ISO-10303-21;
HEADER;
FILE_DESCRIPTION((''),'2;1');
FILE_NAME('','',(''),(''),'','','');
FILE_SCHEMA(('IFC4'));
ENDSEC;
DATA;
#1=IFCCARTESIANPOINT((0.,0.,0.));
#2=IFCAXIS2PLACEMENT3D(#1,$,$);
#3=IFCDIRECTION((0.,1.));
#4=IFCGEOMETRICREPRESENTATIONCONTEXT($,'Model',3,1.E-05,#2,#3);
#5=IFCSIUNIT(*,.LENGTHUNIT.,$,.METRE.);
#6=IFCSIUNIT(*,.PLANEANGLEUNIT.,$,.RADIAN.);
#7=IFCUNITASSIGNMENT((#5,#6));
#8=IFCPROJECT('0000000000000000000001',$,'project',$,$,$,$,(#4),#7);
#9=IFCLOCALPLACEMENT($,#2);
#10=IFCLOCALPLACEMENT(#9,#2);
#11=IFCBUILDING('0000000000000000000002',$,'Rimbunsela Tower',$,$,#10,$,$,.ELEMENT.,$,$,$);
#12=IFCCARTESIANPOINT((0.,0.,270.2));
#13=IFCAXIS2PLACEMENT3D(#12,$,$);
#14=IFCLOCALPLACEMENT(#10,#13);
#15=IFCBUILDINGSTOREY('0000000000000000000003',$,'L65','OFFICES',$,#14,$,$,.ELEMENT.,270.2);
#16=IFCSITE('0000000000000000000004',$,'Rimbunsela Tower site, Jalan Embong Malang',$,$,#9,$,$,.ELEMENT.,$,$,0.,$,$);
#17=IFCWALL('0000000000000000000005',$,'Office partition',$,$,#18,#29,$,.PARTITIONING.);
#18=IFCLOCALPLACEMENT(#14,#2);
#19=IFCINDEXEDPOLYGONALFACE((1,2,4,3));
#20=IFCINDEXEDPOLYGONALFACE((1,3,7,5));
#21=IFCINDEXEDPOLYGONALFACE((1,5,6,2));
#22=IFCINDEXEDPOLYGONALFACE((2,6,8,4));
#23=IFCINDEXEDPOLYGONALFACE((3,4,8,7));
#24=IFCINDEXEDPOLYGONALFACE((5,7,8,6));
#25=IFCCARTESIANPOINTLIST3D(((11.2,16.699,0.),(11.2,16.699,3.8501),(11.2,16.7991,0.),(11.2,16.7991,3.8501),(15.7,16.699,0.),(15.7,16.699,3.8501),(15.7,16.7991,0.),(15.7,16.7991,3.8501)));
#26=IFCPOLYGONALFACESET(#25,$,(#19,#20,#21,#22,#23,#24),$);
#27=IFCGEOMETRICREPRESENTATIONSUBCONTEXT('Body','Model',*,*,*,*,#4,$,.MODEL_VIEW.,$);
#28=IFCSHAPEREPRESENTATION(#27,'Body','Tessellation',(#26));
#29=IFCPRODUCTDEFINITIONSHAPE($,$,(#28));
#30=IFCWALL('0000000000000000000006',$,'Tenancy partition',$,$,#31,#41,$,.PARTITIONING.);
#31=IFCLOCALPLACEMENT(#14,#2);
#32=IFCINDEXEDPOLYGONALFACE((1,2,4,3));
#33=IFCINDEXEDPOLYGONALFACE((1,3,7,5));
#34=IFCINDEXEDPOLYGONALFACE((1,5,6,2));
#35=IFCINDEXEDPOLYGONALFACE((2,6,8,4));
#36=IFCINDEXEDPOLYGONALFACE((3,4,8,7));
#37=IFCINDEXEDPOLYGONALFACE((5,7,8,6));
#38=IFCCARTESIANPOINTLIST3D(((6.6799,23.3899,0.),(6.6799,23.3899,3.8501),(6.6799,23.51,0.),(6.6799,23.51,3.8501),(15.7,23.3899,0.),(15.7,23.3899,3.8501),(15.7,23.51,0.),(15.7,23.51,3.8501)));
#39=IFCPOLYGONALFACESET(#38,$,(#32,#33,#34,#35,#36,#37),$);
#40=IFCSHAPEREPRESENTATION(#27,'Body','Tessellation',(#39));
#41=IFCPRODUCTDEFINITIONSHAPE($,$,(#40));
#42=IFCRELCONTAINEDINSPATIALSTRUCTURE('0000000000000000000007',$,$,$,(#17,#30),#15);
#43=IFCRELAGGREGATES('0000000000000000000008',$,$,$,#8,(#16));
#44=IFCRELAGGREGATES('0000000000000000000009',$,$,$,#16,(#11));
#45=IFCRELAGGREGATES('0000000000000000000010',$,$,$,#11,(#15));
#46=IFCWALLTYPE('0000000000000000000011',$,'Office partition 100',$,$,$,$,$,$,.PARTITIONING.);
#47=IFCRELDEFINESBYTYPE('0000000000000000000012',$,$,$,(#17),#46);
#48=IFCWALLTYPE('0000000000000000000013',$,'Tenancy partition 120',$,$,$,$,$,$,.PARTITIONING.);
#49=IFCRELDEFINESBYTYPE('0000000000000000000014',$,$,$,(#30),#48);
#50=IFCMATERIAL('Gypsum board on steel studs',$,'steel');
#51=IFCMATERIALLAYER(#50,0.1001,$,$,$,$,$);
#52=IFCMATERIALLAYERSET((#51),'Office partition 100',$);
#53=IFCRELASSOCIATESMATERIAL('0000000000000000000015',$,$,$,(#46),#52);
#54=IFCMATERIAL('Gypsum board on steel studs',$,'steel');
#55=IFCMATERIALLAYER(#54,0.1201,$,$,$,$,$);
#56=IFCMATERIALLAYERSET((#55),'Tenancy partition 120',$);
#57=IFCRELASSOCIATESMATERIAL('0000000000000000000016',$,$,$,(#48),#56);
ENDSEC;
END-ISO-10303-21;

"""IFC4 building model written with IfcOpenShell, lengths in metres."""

from ifc_helpers import new_model, si_unit, direction, frame, frame_2d, origin, place, context, subcontext, project, spatial, rectangle, extrude, material, layer, layer_set, type_object, element, save


model = new_model("IFC4")

# Units and contexts
model_context = context("Model", 3, precision=1e-05, world=origin(), true_north=direction((0.0, 1.0)))
body_context = subcontext(model_context, "Body", "Model", "MODEL_VIEW")
ifc_project = project(units=[si_unit("LENGTHUNIT", "METRE"), si_unit("PLANEANGLEUNIT", "RADIAN")], contexts=[model_context])

# Site, building, storey
site_placement = place(None, origin())
site = spatial("IfcSite", under=ifc_project, at=site_placement, Name="Rimbunsela Tower site, Jalan Embong Malang", CompositionType="ELEMENT", RefElevation=0.0)
building_placement = place(site_placement, origin())
building = spatial("IfcBuilding", under=site, at=building_placement, Name="Rimbunsela Tower", CompositionType="ELEMENT")
storey_placement = place(building_placement, frame((0.0, 0.0, 270.2)))
storey = spatial("IfcBuildingStorey", under=building, at=storey_placement, Name="L65", Description="OFFICES", CompositionType="ELEMENT", Elevation=270.2)

# Shared definitions
ifc_material_1 = material(Name="Gypsum board on steel studs", Category="steel")
ifc_layer_1 = layer(ifc_material_1, 0.1001)
ifc_layer_set_1 = layer_set([ifc_layer_1], Name="Office partition 100")
wall_type_1 = type_object("IfcWallType", Name="Office partition 100", PredefinedType="PARTITIONING", material=ifc_layer_set_1)

# Walls
wall_1_placement = place(storey_placement, frame((11.2, 16.749, 0.0), z_axis=(0.0, 0.0, 1.0), x_axis=(1.0, 0.0, 0.0)))
element("IfcWall", 1, at=wall_1_placement, inside=storey, type_object=wall_type_1, Name="Office partition", PredefinedType="PARTITIONING", context=body_context, shape_type="SweptSolid", body=[
    extrude(rectangle(XDim=4.5, YDim=0.1001, at=frame_2d((2.25, 0.0))), origin(), (0.0, 0.0, 1.0), 3.8501),
])
ifc_material_2 = material(Name="Gypsum board on steel studs", Category="steel")
ifc_layer_2 = layer(ifc_material_2, 0.1201)
ifc_layer_set_2 = layer_set([ifc_layer_2], Name="Tenancy partition 120")
wall_type_2 = type_object("IfcWallType", Name="Tenancy partition 120", PredefinedType="PARTITIONING", material=ifc_layer_set_2)
wall_2_placement = place(storey_placement, frame((6.6799, 23.45, 0.0), z_axis=(0.0, 0.0, 1.0), x_axis=(1.0, 0.0, 0.0)))
element("IfcWall", 2, at=wall_2_placement, inside=storey, type_object=wall_type_2, Name="Tenancy partition", PredefinedType="PARTITIONING", context=body_context, shape_type="SweptSolid", body=[
    extrude(rectangle(XDim=9.02, YDim=0.1201, at=frame_2d((4.51, 0.0))), origin(), (0.0, 0.0, 1.0), 3.8501),
])

save(model, "model.ifc")
